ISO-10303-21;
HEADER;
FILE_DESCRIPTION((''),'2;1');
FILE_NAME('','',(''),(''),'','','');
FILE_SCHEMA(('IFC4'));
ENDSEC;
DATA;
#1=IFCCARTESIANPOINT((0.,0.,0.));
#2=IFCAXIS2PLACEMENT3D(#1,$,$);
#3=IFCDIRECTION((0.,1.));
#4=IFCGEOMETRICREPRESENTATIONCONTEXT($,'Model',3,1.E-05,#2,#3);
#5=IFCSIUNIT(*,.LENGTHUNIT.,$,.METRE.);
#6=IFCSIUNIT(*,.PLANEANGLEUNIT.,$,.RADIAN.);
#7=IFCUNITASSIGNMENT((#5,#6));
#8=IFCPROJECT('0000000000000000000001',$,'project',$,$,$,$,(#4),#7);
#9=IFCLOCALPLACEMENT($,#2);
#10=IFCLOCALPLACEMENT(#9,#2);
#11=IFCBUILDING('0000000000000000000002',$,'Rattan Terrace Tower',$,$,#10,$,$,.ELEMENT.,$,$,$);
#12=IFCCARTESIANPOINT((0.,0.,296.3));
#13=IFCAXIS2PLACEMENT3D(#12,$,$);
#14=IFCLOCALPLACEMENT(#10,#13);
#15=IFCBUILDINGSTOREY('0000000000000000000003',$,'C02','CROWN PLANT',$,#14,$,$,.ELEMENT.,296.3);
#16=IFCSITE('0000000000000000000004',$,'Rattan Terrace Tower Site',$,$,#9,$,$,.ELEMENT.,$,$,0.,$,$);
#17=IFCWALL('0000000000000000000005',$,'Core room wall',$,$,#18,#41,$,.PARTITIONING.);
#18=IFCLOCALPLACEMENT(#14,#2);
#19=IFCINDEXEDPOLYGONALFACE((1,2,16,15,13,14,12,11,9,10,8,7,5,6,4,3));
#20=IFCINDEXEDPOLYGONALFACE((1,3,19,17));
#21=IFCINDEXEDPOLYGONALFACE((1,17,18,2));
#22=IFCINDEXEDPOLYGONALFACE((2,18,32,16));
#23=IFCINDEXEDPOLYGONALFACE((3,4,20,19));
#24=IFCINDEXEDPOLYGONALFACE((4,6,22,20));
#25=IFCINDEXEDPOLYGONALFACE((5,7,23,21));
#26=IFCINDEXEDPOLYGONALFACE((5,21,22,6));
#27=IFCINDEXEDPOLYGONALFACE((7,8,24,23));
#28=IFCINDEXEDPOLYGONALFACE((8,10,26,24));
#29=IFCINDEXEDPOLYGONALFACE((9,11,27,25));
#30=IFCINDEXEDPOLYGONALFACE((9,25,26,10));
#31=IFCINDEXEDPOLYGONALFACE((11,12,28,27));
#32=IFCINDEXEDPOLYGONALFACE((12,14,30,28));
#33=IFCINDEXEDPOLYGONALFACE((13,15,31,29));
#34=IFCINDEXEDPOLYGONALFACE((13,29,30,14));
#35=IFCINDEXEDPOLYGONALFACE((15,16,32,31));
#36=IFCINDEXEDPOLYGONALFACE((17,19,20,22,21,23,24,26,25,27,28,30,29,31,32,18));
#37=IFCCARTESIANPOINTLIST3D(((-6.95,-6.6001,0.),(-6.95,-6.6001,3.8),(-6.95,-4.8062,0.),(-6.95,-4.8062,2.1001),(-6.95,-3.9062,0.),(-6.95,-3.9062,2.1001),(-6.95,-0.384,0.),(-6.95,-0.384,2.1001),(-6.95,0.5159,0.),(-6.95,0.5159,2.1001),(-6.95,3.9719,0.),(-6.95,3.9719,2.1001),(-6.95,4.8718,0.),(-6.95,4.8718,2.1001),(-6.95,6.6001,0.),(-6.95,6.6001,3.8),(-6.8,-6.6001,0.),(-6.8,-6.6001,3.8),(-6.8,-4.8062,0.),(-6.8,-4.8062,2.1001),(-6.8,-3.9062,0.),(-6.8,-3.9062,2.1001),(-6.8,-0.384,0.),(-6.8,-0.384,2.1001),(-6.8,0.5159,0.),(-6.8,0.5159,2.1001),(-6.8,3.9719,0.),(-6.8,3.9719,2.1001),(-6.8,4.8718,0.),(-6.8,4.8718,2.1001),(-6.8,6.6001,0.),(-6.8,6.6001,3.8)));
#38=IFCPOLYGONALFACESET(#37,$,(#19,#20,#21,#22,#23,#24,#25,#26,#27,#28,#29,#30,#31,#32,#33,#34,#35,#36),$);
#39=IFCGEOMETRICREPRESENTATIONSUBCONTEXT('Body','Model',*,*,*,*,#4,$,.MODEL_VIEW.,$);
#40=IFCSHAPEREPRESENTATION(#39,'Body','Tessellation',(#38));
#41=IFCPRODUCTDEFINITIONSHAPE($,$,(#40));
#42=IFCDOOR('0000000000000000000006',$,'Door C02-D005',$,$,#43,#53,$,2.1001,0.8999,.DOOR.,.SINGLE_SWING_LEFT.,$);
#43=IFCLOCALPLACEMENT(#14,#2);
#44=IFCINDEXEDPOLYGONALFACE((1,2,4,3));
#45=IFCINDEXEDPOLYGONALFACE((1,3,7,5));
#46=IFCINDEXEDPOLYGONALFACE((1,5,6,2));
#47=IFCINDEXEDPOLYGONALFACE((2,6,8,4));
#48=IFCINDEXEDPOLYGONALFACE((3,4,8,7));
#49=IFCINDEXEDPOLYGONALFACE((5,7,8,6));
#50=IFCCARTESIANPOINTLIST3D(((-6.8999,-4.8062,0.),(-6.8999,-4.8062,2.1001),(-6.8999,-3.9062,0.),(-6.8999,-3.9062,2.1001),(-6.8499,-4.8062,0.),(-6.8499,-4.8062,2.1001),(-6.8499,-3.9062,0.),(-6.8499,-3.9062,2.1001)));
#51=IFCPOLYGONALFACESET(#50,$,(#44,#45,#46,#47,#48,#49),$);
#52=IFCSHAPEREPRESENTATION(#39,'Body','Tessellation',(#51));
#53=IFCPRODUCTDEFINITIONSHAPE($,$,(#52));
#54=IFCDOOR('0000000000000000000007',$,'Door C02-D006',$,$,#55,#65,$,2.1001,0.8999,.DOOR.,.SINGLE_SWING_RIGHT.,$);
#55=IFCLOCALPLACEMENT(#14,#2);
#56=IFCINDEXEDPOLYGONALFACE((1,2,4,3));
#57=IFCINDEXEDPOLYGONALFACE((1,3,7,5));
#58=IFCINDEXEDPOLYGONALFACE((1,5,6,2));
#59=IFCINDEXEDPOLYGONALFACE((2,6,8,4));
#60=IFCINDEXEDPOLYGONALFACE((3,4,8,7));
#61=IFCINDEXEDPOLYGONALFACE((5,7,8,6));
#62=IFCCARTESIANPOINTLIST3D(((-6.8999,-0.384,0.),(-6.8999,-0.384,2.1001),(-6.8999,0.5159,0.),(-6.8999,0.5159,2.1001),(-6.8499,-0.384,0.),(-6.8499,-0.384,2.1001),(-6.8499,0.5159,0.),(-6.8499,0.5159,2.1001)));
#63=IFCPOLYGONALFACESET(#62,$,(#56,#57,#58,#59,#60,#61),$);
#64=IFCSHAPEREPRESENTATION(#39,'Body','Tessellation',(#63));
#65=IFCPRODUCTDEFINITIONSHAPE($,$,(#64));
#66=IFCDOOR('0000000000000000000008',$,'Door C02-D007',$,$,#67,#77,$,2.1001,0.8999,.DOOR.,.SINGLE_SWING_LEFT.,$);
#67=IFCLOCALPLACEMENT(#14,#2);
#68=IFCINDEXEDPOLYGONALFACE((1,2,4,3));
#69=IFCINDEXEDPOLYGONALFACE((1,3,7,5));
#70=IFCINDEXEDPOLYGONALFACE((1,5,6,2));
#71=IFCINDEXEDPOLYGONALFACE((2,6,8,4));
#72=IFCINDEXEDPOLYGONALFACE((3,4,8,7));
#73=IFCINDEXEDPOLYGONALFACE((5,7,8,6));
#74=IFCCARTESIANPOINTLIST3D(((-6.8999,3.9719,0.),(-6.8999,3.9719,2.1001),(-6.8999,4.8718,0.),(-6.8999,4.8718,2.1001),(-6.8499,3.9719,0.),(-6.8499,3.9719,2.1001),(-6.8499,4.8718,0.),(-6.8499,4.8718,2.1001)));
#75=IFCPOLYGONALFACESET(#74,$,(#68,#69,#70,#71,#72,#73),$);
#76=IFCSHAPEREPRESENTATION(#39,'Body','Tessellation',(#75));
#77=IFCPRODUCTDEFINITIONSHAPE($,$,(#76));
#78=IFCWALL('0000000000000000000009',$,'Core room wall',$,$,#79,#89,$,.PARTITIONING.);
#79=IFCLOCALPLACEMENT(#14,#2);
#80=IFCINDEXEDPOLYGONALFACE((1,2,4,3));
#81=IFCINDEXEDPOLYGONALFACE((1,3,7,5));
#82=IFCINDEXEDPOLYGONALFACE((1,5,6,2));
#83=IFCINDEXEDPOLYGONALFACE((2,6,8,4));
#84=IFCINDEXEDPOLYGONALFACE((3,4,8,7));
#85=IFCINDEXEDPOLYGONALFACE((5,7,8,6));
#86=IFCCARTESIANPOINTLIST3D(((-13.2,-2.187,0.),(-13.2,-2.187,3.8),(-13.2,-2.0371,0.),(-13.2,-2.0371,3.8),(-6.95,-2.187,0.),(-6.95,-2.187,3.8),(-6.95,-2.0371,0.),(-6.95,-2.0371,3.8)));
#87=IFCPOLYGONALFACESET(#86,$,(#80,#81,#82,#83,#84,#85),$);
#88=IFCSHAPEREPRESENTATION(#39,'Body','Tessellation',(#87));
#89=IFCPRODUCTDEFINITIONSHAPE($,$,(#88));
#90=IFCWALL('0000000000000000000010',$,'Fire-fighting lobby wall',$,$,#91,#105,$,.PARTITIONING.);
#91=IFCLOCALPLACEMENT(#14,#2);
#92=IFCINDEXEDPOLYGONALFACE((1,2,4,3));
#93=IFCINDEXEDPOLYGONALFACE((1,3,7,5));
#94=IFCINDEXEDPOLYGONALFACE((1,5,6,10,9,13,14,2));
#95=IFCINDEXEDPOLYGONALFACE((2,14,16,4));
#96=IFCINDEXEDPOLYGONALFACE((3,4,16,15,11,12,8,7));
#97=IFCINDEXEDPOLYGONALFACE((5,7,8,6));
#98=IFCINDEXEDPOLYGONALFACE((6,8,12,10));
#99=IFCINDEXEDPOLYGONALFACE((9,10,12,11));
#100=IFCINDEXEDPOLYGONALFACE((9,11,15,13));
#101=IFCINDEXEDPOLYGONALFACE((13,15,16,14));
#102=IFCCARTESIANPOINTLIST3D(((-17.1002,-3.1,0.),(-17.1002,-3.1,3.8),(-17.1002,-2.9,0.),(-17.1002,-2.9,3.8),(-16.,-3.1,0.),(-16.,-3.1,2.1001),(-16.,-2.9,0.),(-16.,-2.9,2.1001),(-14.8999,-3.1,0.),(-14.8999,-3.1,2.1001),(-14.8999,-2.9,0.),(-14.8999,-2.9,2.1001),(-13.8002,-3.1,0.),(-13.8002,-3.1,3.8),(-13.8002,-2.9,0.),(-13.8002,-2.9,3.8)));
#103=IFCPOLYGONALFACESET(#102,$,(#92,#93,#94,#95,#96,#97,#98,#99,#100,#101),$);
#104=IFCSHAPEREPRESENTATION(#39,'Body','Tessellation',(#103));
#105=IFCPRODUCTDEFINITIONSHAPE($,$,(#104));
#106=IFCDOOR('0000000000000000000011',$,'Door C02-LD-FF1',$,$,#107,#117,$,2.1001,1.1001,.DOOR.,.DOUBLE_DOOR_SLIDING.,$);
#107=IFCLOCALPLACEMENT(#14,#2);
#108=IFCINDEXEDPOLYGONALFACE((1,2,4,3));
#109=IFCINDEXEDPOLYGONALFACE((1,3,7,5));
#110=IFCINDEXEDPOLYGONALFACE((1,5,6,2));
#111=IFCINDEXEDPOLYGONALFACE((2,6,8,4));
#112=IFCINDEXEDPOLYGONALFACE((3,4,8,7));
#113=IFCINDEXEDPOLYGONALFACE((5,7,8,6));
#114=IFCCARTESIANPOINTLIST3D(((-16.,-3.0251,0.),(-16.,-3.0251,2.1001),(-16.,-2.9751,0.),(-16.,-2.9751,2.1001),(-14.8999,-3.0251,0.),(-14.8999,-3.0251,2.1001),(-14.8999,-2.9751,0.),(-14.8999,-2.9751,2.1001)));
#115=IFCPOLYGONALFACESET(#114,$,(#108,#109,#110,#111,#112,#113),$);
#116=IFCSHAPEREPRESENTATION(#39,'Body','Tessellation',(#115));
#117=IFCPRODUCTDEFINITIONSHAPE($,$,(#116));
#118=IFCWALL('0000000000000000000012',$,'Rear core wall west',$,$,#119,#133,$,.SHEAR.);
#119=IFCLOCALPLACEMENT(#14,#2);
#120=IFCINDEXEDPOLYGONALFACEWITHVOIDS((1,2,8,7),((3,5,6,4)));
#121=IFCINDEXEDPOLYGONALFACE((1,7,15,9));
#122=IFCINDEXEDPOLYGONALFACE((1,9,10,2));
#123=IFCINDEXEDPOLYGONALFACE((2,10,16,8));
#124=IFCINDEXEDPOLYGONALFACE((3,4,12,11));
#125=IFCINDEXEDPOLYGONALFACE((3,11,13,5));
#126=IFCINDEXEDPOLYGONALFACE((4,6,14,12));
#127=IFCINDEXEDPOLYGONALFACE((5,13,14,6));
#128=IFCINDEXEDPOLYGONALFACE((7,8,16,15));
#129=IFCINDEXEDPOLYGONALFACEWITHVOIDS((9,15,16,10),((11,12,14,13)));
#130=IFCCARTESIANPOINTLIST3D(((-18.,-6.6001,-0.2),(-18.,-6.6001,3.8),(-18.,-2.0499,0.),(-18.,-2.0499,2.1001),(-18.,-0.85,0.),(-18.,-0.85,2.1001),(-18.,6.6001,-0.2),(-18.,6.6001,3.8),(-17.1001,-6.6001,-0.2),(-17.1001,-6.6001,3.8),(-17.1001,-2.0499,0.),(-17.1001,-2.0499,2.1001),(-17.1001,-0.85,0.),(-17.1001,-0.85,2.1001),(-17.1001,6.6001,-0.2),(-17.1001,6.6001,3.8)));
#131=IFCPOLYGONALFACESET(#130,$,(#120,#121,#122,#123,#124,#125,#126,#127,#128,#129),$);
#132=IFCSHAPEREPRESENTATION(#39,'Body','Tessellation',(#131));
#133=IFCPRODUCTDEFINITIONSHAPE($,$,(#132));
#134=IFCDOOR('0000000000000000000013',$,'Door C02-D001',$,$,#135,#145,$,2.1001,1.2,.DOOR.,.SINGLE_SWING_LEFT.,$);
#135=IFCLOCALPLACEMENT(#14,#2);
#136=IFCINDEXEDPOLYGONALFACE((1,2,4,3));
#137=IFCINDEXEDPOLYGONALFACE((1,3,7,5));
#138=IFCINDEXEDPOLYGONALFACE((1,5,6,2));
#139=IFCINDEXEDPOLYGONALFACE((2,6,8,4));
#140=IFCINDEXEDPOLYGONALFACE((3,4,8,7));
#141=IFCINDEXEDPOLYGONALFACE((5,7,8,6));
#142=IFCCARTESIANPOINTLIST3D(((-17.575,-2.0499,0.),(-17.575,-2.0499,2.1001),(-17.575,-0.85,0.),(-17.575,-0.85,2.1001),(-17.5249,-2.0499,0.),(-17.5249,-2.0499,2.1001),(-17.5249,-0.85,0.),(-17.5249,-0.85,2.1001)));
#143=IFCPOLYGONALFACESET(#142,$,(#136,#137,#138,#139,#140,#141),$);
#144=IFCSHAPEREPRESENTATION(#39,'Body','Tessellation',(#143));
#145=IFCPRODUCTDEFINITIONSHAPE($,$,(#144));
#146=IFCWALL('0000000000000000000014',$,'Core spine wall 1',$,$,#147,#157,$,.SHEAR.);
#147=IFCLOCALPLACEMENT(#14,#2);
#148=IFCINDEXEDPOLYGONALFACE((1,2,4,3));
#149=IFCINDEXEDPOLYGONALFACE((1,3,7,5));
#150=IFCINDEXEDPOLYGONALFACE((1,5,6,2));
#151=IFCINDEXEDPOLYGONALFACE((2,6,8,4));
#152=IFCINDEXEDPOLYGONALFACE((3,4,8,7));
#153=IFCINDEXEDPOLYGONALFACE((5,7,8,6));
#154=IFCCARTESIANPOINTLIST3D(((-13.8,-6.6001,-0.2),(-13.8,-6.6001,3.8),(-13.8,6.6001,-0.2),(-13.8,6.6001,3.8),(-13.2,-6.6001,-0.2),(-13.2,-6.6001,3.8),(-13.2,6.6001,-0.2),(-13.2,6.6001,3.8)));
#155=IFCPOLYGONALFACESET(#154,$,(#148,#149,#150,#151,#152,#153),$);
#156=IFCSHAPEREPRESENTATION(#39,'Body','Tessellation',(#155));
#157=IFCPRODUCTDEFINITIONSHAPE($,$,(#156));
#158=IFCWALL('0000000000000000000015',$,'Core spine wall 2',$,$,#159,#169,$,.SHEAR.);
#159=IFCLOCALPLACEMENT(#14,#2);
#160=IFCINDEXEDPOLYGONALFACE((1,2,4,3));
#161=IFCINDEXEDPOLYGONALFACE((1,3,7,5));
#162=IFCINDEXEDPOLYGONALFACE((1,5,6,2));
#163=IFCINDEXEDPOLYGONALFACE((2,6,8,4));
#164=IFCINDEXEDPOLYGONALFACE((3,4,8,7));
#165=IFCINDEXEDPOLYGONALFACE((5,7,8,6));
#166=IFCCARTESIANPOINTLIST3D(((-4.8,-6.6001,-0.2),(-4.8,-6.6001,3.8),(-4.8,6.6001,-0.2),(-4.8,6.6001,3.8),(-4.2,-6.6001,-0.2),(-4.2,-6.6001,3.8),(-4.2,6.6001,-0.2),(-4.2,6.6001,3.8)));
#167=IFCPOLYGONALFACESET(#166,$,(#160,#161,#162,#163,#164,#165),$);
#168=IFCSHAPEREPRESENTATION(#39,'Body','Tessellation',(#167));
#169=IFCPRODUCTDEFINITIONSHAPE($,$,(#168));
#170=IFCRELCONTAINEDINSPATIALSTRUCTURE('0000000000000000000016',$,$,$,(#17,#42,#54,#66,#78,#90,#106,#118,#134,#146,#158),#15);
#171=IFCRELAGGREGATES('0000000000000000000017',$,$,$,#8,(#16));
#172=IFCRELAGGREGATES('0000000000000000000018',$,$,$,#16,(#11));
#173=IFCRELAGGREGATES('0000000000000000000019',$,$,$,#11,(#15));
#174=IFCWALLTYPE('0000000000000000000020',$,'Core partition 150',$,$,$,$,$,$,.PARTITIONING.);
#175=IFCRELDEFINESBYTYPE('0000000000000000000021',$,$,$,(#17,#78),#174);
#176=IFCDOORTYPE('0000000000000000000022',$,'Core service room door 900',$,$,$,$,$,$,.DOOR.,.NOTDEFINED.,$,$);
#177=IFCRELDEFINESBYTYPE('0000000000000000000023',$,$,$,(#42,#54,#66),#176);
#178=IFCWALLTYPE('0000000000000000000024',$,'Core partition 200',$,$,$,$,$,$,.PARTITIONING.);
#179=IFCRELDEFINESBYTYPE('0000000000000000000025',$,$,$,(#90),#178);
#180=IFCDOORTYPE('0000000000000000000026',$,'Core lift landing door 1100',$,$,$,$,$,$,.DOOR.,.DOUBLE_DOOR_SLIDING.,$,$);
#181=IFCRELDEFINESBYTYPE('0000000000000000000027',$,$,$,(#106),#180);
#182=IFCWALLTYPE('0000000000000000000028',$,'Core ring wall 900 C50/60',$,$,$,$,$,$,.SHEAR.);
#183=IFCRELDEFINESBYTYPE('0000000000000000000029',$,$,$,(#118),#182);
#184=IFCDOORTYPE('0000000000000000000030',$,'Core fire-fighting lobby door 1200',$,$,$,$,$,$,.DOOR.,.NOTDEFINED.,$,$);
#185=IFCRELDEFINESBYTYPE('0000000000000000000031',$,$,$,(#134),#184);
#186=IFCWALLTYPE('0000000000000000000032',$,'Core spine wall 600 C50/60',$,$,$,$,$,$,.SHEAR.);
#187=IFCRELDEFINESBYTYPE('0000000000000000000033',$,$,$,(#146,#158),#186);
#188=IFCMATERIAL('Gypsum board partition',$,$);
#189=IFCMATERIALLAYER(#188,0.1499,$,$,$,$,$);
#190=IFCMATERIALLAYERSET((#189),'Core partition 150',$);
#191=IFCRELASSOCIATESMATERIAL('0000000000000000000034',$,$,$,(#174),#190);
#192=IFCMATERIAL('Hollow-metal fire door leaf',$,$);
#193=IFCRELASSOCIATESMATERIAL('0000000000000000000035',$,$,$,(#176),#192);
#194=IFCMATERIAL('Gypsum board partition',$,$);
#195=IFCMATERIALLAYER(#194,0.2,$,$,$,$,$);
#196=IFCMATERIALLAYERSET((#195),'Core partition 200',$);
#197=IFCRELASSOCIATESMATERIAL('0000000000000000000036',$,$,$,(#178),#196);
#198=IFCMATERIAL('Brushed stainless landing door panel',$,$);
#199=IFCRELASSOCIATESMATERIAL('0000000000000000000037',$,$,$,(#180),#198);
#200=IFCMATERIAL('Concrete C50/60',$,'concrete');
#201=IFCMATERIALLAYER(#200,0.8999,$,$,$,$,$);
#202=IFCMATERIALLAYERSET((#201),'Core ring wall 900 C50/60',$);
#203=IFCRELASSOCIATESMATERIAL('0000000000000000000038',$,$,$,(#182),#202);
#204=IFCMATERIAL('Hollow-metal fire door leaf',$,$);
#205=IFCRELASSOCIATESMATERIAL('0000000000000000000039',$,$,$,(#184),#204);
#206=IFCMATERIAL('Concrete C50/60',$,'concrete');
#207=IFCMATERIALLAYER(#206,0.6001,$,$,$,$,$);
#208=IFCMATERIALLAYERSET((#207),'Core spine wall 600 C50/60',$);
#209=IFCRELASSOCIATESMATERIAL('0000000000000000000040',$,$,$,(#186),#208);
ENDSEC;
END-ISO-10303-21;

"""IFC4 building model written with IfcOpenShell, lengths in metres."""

from ifc_helpers import new_model, si_unit, direction, frame, frame_2d, origin, place, context, subcontext, project, spatial, rectangle, extrude, material, layer, layer_set, type_object, element, fill, save


model = new_model("IFC4")

# Units and contexts
model_context = context("Model", 3, precision=1e-05, world=origin(), true_north=direction((0.0, 1.0)))
body_context = subcontext(model_context, "Body", "Model", "MODEL_VIEW")
ifc_project = project(units=[si_unit("LENGTHUNIT", "METRE"), si_unit("PLANEANGLEUNIT", "RADIAN")], contexts=[model_context])

# Site, building, storey
site_placement = place(None, origin())
site = spatial("IfcSite", under=ifc_project, at=site_placement, Name="Rattan Terrace Tower Site", CompositionType="ELEMENT", RefElevation=0.0)
building_placement = place(site_placement, origin())
building = spatial("IfcBuilding", under=site, at=building_placement, Name="Rattan Terrace Tower", CompositionType="ELEMENT")
storey_placement = place(building_placement, frame((0.0, 0.0, 296.3)))
storey = spatial("IfcBuildingStorey", under=building, at=storey_placement, Name="C02", Description="CROWN PLANT", CompositionType="ELEMENT", Elevation=296.3)

# Wall, openings, doors
ifc_material_1 = material(Name="Gypsum board partition")
ifc_layer_1 = layer(ifc_material_1, 0.1499)
ifc_layer_set_1 = layer_set([ifc_layer_1], Name="Core partition 150")
wall_type_1 = type_object("IfcWallType", Name="Core partition 150", PredefinedType="PARTITIONING", material=ifc_layer_set_1)
wall_1_placement = place(storey_placement, frame((-6.875, -6.6001, 0.0), z_axis=(0.0, 0.0, 1.0), x_axis=(0.0, 1.0, 0.0)))
wall_1 = element("IfcWall", 1, at=wall_1_placement, inside=storey, type_object=wall_type_1, Name="Core room wall", PredefinedType="PARTITIONING", context=body_context, shape_type="SweptSolid", body=[
    extrude(rectangle(XDim=13.2002, YDim=0.1499, at=frame_2d((6.6001, 0.0))), origin(), (0.0, 0.0, 1.0), 3.8),
])
opening_1_placement = place(wall_1_placement, frame((1.7939, 0.0, 0.0)))
opening_1 = element("IfcOpeningElement", 2, at=opening_1_placement, cuts=wall_1, PredefinedType="OPENING", context=body_context, shape_type="SweptSolid", body=[
    extrude(rectangle(XDim=0.8999, YDim=2.1001, at=frame_2d((0.45, 1.05))), frame((0.0, 0.0854, 0.0), z_axis=(0.0, -1.0, 0.0), x_axis=(1.0, 0.0, 0.0)), (0.0, 0.0, 1.0), 0.1709),
])
opening_2_placement = place(wall_1_placement, frame((6.2161, 0.0, 0.0)))
opening_2 = element("IfcOpeningElement", 3, at=opening_2_placement, cuts=wall_1, PredefinedType="OPENING", context=body_context, shape_type="SweptSolid", body=[
    extrude(rectangle(XDim=0.8999, YDim=2.1001, at=frame_2d((0.45, 1.05))), frame((0.0, 0.0854, 0.0), z_axis=(0.0, -1.0, 0.0), x_axis=(1.0, 0.0, 0.0)), (0.0, 0.0, 1.0), 0.1709),
])
opening_3_placement = place(wall_1_placement, frame((10.572, 0.0, 0.0)))
opening_3 = element("IfcOpeningElement", 4, at=opening_3_placement, cuts=wall_1, PredefinedType="OPENING", context=body_context, shape_type="SweptSolid", body=[
    extrude(rectangle(XDim=0.8999, YDim=2.1001, at=frame_2d((0.45, 1.05))), frame((0.0, 0.0854, 0.0), z_axis=(0.0, -1.0, 0.0), x_axis=(1.0, 0.0, 0.0)), (0.0, 0.0, 1.0), 0.1709),
])
ifc_material_2 = material(Name="Hollow-metal fire door leaf")
door_type_1 = type_object("IfcDoorType", Name="Core service room door 900", OperationType="NOTDEFINED", PredefinedType="DOOR", material=ifc_material_2)
door_1_placement = place(opening_1_placement, origin())
door_1 = element("IfcDoor", 5, at=door_1_placement, inside=storey, type_object=door_type_1, Name="Door C02-D005", OperationType="SINGLE_SWING_LEFT", OverallHeight=2.1001, OverallWidth=0.8999, PredefinedType="DOOR", context=body_context, shape_type="SweptSolid", body=[
    extrude(rectangle(XDim=0.8999, YDim=2.1001, at=frame_2d((0.45, 1.05))), frame((0.0, 0.0249, 0.0), z_axis=(0.0, -1.0, 0.0), x_axis=(1.0, 0.0, 0.0)), (0.0, 0.0, 1.0), 0.05),
])
fill(opening_1, door_1)
door_2_placement = place(opening_2_placement, origin())
door_2 = element("IfcDoor", 6, at=door_2_placement, inside=storey, type_object=door_type_1, Name="Door C02-D006", OperationType="SINGLE_SWING_RIGHT", OverallHeight=2.1001, OverallWidth=0.8999, PredefinedType="DOOR", context=body_context, shape_type="SweptSolid", body=[
    extrude(rectangle(XDim=0.8999, YDim=2.1001, at=frame_2d((0.45, 1.05))), frame((0.0, 0.0249, 0.0), z_axis=(0.0, -1.0, 0.0), x_axis=(1.0, 0.0, 0.0)), (0.0, 0.0, 1.0), 0.05),
])
fill(opening_2, door_2)
door_3_placement = place(opening_3_placement, origin())
door_3 = element("IfcDoor", 7, at=door_3_placement, inside=storey, type_object=door_type_1, Name="Door C02-D007", OperationType="SINGLE_SWING_LEFT", OverallHeight=2.1001, OverallWidth=0.8999, PredefinedType="DOOR", context=body_context, shape_type="SweptSolid", body=[
    extrude(rectangle(XDim=0.8999, YDim=2.1001, at=frame_2d((0.45, 1.05))), frame((0.0, 0.0249, 0.0), z_axis=(0.0, -1.0, 0.0), x_axis=(1.0, 0.0, 0.0)), (0.0, 0.0, 1.0), 0.05),
])
fill(opening_3, door_3)

# Wall
wall_2_placement = place(storey_placement, frame((-13.2, -2.1121, 0.0), z_axis=(0.0, 0.0, 1.0), x_axis=(1.0, 0.0, 0.0)))
element("IfcWall", 8, at=wall_2_placement, inside=storey, type_object=wall_type_1, Name="Core room wall", PredefinedType="PARTITIONING", context=body_context, shape_type="SweptSolid", body=[
    extrude(rectangle(XDim=6.25, YDim=0.1499, at=frame_2d((3.125, 0.0))), origin(), (0.0, 0.0, 1.0), 3.8),
])

# Walls, openings, doors
ifc_material_3 = material(Name="Gypsum board partition")
ifc_layer_2 = layer(ifc_material_3, 0.2)
ifc_layer_set_2 = layer_set([ifc_layer_2], Name="Core partition 200")
wall_type_2 = type_object("IfcWallType", Name="Core partition 200", PredefinedType="PARTITIONING", material=ifc_layer_set_2)
wall_3_placement = place(storey_placement, frame((-17.1001, -3.0, 0.0), z_axis=(0.0, 0.0, 1.0), x_axis=(1.0, 0.0, 0.0)))
wall_3 = element("IfcWall", 9, at=wall_3_placement, inside=storey, type_object=wall_type_2, Name="Fire-fighting lobby wall", PredefinedType="PARTITIONING", context=body_context, shape_type="SweptSolid", body=[
    extrude(rectangle(XDim=3.3, YDim=0.2, at=frame_2d((1.6499, 0.0))), origin(), (0.0, 0.0, 1.0), 3.8),
])
opening_4_placement = place(wall_3_placement, frame((1.1001, 0.0, 0.0)))
opening_4 = element("IfcOpeningElement", 10, at=opening_4_placement, cuts=wall_3, PredefinedType="OPENING", context=body_context, shape_type="SweptSolid", body=[
    extrude(rectangle(XDim=1.1001, YDim=2.1001, at=frame_2d((0.55, 1.05))), frame((0.0, 0.1106, 0.0), z_axis=(0.0, -1.0, 0.0), x_axis=(1.0, 0.0, 0.0)), (0.0, 0.0, 1.0), 0.2209),
])
ifc_material_4 = material(Name="Brushed stainless landing door panel")
door_type_2 = type_object("IfcDoorType", Name="Core lift landing door 1100", OperationType="DOUBLE_DOOR_SLIDING", PredefinedType="DOOR", material=ifc_material_4)
door_4_placement = place(opening_4_placement, origin())
door_4 = element("IfcDoor", 11, at=door_4_placement, inside=storey, type_object=door_type_2, Name="Door C02-LD-FF1", OperationType="DOUBLE_DOOR_SLIDING", OverallHeight=2.1001, OverallWidth=1.1001, PredefinedType="DOOR", context=body_context, shape_type="SweptSolid", body=[
    extrude(rectangle(XDim=1.1001, YDim=2.1001, at=frame_2d((0.55, 1.05))), frame((0.0, 0.0249, 0.0), z_axis=(0.0, -1.0, 0.0), x_axis=(1.0, 0.0, 0.0)), (0.0, 0.0, 1.0), 0.05),
])
fill(opening_4, door_4)
ifc_material_5 = material(Name="Concrete C50/60", Category="concrete")
ifc_layer_3 = layer(ifc_material_5, 0.8999)
ifc_layer_set_3 = layer_set([ifc_layer_3], Name="Core ring wall 900 C50/60")
wall_type_3 = type_object("IfcWallType", Name="Core ring wall 900 C50/60", PredefinedType="SHEAR", material=ifc_layer_set_3)
wall_4_placement = place(storey_placement, frame((-17.55, -6.6001, -0.2), z_axis=(0.0, 0.0, 1.0), x_axis=(0.0, 1.0, 0.0)))
wall_4 = element("IfcWall", 12, at=wall_4_placement, inside=storey, type_object=wall_type_3, Name="Rear core wall west", PredefinedType="SHEAR", context=body_context, shape_type="SweptSolid", body=[
    extrude(rectangle(XDim=13.2002, YDim=0.8999, at=frame_2d((6.6001, 0.0))), origin(), (0.0, 0.0, 1.0), 4.0),
])
opening_5_placement = place(wall_4_placement, frame((4.55, 0.0, 0.2)))
opening_5 = element("IfcOpeningElement", 13, at=opening_5_placement, cuts=wall_4, PredefinedType="OPENING", context=body_context, shape_type="SweptSolid", body=[
    extrude(rectangle(XDim=1.2, YDim=2.1001, at=frame_2d((0.6001, 1.05))), frame((0.0, 0.4604, 0.0), z_axis=(0.0, -1.0, 0.0), x_axis=(1.0, 0.0, 0.0)), (0.0, 0.0, 1.0), 0.9209),
])
ifc_material_6 = material(Name="Hollow-metal fire door leaf")
door_type_3 = type_object("IfcDoorType", Name="Core fire-fighting lobby door 1200", OperationType="NOTDEFINED", PredefinedType="DOOR", material=ifc_material_6)
door_5_placement = place(opening_5_placement, origin())
door_5 = element("IfcDoor", 14, at=door_5_placement, inside=storey, type_object=door_type_3, Name="Door C02-D001", OperationType="SINGLE_SWING_LEFT", OverallHeight=2.1001, OverallWidth=1.2, PredefinedType="DOOR", context=body_context, shape_type="SweptSolid", body=[
    extrude(rectangle(XDim=1.2, YDim=2.1001, at=frame_2d((0.6001, 1.05))), frame((0.0, 0.0249, 0.0), z_axis=(0.0, -1.0, 0.0), x_axis=(1.0, 0.0, 0.0)), (0.0, 0.0, 1.0), 0.05),
])
fill(opening_5, door_5)

# Walls
ifc_material_7 = material(Name="Concrete C50/60", Category="concrete")
ifc_layer_4 = layer(ifc_material_7, 0.6001)
ifc_layer_set_4 = layer_set([ifc_layer_4], Name="Core spine wall 600 C50/60")
wall_type_4 = type_object("IfcWallType", Name="Core spine wall 600 C50/60", PredefinedType="SHEAR", material=ifc_layer_set_4)
for number, where, z_axis, x_axis, name in (
    (15, (-13.5, -6.6001, -0.2), (0.0, 0.0, 1.0), (0.0, 1.0, 0.0), "Core spine wall 1"),
    (16, (-4.5, -6.6001, -0.2), (0.0, 0.0, 1.0), (0.0, 1.0, 0.0), "Core spine wall 2"),
):
    element("IfcWall", number, at=place(storey_placement, frame(where, z_axis=z_axis, x_axis=x_axis)), inside=storey, type_object=wall_type_4, Name=name, PredefinedType="SHEAR", context=body_context, shape_type="SweptSolid", body=[
        extrude(rectangle(XDim=13.2002, YDim=0.6001, at=frame_2d((6.6001, 0.0))), origin(), (0.0, 0.0, 1.0), 4.0),
    ])

save(model, "model.ifc")
